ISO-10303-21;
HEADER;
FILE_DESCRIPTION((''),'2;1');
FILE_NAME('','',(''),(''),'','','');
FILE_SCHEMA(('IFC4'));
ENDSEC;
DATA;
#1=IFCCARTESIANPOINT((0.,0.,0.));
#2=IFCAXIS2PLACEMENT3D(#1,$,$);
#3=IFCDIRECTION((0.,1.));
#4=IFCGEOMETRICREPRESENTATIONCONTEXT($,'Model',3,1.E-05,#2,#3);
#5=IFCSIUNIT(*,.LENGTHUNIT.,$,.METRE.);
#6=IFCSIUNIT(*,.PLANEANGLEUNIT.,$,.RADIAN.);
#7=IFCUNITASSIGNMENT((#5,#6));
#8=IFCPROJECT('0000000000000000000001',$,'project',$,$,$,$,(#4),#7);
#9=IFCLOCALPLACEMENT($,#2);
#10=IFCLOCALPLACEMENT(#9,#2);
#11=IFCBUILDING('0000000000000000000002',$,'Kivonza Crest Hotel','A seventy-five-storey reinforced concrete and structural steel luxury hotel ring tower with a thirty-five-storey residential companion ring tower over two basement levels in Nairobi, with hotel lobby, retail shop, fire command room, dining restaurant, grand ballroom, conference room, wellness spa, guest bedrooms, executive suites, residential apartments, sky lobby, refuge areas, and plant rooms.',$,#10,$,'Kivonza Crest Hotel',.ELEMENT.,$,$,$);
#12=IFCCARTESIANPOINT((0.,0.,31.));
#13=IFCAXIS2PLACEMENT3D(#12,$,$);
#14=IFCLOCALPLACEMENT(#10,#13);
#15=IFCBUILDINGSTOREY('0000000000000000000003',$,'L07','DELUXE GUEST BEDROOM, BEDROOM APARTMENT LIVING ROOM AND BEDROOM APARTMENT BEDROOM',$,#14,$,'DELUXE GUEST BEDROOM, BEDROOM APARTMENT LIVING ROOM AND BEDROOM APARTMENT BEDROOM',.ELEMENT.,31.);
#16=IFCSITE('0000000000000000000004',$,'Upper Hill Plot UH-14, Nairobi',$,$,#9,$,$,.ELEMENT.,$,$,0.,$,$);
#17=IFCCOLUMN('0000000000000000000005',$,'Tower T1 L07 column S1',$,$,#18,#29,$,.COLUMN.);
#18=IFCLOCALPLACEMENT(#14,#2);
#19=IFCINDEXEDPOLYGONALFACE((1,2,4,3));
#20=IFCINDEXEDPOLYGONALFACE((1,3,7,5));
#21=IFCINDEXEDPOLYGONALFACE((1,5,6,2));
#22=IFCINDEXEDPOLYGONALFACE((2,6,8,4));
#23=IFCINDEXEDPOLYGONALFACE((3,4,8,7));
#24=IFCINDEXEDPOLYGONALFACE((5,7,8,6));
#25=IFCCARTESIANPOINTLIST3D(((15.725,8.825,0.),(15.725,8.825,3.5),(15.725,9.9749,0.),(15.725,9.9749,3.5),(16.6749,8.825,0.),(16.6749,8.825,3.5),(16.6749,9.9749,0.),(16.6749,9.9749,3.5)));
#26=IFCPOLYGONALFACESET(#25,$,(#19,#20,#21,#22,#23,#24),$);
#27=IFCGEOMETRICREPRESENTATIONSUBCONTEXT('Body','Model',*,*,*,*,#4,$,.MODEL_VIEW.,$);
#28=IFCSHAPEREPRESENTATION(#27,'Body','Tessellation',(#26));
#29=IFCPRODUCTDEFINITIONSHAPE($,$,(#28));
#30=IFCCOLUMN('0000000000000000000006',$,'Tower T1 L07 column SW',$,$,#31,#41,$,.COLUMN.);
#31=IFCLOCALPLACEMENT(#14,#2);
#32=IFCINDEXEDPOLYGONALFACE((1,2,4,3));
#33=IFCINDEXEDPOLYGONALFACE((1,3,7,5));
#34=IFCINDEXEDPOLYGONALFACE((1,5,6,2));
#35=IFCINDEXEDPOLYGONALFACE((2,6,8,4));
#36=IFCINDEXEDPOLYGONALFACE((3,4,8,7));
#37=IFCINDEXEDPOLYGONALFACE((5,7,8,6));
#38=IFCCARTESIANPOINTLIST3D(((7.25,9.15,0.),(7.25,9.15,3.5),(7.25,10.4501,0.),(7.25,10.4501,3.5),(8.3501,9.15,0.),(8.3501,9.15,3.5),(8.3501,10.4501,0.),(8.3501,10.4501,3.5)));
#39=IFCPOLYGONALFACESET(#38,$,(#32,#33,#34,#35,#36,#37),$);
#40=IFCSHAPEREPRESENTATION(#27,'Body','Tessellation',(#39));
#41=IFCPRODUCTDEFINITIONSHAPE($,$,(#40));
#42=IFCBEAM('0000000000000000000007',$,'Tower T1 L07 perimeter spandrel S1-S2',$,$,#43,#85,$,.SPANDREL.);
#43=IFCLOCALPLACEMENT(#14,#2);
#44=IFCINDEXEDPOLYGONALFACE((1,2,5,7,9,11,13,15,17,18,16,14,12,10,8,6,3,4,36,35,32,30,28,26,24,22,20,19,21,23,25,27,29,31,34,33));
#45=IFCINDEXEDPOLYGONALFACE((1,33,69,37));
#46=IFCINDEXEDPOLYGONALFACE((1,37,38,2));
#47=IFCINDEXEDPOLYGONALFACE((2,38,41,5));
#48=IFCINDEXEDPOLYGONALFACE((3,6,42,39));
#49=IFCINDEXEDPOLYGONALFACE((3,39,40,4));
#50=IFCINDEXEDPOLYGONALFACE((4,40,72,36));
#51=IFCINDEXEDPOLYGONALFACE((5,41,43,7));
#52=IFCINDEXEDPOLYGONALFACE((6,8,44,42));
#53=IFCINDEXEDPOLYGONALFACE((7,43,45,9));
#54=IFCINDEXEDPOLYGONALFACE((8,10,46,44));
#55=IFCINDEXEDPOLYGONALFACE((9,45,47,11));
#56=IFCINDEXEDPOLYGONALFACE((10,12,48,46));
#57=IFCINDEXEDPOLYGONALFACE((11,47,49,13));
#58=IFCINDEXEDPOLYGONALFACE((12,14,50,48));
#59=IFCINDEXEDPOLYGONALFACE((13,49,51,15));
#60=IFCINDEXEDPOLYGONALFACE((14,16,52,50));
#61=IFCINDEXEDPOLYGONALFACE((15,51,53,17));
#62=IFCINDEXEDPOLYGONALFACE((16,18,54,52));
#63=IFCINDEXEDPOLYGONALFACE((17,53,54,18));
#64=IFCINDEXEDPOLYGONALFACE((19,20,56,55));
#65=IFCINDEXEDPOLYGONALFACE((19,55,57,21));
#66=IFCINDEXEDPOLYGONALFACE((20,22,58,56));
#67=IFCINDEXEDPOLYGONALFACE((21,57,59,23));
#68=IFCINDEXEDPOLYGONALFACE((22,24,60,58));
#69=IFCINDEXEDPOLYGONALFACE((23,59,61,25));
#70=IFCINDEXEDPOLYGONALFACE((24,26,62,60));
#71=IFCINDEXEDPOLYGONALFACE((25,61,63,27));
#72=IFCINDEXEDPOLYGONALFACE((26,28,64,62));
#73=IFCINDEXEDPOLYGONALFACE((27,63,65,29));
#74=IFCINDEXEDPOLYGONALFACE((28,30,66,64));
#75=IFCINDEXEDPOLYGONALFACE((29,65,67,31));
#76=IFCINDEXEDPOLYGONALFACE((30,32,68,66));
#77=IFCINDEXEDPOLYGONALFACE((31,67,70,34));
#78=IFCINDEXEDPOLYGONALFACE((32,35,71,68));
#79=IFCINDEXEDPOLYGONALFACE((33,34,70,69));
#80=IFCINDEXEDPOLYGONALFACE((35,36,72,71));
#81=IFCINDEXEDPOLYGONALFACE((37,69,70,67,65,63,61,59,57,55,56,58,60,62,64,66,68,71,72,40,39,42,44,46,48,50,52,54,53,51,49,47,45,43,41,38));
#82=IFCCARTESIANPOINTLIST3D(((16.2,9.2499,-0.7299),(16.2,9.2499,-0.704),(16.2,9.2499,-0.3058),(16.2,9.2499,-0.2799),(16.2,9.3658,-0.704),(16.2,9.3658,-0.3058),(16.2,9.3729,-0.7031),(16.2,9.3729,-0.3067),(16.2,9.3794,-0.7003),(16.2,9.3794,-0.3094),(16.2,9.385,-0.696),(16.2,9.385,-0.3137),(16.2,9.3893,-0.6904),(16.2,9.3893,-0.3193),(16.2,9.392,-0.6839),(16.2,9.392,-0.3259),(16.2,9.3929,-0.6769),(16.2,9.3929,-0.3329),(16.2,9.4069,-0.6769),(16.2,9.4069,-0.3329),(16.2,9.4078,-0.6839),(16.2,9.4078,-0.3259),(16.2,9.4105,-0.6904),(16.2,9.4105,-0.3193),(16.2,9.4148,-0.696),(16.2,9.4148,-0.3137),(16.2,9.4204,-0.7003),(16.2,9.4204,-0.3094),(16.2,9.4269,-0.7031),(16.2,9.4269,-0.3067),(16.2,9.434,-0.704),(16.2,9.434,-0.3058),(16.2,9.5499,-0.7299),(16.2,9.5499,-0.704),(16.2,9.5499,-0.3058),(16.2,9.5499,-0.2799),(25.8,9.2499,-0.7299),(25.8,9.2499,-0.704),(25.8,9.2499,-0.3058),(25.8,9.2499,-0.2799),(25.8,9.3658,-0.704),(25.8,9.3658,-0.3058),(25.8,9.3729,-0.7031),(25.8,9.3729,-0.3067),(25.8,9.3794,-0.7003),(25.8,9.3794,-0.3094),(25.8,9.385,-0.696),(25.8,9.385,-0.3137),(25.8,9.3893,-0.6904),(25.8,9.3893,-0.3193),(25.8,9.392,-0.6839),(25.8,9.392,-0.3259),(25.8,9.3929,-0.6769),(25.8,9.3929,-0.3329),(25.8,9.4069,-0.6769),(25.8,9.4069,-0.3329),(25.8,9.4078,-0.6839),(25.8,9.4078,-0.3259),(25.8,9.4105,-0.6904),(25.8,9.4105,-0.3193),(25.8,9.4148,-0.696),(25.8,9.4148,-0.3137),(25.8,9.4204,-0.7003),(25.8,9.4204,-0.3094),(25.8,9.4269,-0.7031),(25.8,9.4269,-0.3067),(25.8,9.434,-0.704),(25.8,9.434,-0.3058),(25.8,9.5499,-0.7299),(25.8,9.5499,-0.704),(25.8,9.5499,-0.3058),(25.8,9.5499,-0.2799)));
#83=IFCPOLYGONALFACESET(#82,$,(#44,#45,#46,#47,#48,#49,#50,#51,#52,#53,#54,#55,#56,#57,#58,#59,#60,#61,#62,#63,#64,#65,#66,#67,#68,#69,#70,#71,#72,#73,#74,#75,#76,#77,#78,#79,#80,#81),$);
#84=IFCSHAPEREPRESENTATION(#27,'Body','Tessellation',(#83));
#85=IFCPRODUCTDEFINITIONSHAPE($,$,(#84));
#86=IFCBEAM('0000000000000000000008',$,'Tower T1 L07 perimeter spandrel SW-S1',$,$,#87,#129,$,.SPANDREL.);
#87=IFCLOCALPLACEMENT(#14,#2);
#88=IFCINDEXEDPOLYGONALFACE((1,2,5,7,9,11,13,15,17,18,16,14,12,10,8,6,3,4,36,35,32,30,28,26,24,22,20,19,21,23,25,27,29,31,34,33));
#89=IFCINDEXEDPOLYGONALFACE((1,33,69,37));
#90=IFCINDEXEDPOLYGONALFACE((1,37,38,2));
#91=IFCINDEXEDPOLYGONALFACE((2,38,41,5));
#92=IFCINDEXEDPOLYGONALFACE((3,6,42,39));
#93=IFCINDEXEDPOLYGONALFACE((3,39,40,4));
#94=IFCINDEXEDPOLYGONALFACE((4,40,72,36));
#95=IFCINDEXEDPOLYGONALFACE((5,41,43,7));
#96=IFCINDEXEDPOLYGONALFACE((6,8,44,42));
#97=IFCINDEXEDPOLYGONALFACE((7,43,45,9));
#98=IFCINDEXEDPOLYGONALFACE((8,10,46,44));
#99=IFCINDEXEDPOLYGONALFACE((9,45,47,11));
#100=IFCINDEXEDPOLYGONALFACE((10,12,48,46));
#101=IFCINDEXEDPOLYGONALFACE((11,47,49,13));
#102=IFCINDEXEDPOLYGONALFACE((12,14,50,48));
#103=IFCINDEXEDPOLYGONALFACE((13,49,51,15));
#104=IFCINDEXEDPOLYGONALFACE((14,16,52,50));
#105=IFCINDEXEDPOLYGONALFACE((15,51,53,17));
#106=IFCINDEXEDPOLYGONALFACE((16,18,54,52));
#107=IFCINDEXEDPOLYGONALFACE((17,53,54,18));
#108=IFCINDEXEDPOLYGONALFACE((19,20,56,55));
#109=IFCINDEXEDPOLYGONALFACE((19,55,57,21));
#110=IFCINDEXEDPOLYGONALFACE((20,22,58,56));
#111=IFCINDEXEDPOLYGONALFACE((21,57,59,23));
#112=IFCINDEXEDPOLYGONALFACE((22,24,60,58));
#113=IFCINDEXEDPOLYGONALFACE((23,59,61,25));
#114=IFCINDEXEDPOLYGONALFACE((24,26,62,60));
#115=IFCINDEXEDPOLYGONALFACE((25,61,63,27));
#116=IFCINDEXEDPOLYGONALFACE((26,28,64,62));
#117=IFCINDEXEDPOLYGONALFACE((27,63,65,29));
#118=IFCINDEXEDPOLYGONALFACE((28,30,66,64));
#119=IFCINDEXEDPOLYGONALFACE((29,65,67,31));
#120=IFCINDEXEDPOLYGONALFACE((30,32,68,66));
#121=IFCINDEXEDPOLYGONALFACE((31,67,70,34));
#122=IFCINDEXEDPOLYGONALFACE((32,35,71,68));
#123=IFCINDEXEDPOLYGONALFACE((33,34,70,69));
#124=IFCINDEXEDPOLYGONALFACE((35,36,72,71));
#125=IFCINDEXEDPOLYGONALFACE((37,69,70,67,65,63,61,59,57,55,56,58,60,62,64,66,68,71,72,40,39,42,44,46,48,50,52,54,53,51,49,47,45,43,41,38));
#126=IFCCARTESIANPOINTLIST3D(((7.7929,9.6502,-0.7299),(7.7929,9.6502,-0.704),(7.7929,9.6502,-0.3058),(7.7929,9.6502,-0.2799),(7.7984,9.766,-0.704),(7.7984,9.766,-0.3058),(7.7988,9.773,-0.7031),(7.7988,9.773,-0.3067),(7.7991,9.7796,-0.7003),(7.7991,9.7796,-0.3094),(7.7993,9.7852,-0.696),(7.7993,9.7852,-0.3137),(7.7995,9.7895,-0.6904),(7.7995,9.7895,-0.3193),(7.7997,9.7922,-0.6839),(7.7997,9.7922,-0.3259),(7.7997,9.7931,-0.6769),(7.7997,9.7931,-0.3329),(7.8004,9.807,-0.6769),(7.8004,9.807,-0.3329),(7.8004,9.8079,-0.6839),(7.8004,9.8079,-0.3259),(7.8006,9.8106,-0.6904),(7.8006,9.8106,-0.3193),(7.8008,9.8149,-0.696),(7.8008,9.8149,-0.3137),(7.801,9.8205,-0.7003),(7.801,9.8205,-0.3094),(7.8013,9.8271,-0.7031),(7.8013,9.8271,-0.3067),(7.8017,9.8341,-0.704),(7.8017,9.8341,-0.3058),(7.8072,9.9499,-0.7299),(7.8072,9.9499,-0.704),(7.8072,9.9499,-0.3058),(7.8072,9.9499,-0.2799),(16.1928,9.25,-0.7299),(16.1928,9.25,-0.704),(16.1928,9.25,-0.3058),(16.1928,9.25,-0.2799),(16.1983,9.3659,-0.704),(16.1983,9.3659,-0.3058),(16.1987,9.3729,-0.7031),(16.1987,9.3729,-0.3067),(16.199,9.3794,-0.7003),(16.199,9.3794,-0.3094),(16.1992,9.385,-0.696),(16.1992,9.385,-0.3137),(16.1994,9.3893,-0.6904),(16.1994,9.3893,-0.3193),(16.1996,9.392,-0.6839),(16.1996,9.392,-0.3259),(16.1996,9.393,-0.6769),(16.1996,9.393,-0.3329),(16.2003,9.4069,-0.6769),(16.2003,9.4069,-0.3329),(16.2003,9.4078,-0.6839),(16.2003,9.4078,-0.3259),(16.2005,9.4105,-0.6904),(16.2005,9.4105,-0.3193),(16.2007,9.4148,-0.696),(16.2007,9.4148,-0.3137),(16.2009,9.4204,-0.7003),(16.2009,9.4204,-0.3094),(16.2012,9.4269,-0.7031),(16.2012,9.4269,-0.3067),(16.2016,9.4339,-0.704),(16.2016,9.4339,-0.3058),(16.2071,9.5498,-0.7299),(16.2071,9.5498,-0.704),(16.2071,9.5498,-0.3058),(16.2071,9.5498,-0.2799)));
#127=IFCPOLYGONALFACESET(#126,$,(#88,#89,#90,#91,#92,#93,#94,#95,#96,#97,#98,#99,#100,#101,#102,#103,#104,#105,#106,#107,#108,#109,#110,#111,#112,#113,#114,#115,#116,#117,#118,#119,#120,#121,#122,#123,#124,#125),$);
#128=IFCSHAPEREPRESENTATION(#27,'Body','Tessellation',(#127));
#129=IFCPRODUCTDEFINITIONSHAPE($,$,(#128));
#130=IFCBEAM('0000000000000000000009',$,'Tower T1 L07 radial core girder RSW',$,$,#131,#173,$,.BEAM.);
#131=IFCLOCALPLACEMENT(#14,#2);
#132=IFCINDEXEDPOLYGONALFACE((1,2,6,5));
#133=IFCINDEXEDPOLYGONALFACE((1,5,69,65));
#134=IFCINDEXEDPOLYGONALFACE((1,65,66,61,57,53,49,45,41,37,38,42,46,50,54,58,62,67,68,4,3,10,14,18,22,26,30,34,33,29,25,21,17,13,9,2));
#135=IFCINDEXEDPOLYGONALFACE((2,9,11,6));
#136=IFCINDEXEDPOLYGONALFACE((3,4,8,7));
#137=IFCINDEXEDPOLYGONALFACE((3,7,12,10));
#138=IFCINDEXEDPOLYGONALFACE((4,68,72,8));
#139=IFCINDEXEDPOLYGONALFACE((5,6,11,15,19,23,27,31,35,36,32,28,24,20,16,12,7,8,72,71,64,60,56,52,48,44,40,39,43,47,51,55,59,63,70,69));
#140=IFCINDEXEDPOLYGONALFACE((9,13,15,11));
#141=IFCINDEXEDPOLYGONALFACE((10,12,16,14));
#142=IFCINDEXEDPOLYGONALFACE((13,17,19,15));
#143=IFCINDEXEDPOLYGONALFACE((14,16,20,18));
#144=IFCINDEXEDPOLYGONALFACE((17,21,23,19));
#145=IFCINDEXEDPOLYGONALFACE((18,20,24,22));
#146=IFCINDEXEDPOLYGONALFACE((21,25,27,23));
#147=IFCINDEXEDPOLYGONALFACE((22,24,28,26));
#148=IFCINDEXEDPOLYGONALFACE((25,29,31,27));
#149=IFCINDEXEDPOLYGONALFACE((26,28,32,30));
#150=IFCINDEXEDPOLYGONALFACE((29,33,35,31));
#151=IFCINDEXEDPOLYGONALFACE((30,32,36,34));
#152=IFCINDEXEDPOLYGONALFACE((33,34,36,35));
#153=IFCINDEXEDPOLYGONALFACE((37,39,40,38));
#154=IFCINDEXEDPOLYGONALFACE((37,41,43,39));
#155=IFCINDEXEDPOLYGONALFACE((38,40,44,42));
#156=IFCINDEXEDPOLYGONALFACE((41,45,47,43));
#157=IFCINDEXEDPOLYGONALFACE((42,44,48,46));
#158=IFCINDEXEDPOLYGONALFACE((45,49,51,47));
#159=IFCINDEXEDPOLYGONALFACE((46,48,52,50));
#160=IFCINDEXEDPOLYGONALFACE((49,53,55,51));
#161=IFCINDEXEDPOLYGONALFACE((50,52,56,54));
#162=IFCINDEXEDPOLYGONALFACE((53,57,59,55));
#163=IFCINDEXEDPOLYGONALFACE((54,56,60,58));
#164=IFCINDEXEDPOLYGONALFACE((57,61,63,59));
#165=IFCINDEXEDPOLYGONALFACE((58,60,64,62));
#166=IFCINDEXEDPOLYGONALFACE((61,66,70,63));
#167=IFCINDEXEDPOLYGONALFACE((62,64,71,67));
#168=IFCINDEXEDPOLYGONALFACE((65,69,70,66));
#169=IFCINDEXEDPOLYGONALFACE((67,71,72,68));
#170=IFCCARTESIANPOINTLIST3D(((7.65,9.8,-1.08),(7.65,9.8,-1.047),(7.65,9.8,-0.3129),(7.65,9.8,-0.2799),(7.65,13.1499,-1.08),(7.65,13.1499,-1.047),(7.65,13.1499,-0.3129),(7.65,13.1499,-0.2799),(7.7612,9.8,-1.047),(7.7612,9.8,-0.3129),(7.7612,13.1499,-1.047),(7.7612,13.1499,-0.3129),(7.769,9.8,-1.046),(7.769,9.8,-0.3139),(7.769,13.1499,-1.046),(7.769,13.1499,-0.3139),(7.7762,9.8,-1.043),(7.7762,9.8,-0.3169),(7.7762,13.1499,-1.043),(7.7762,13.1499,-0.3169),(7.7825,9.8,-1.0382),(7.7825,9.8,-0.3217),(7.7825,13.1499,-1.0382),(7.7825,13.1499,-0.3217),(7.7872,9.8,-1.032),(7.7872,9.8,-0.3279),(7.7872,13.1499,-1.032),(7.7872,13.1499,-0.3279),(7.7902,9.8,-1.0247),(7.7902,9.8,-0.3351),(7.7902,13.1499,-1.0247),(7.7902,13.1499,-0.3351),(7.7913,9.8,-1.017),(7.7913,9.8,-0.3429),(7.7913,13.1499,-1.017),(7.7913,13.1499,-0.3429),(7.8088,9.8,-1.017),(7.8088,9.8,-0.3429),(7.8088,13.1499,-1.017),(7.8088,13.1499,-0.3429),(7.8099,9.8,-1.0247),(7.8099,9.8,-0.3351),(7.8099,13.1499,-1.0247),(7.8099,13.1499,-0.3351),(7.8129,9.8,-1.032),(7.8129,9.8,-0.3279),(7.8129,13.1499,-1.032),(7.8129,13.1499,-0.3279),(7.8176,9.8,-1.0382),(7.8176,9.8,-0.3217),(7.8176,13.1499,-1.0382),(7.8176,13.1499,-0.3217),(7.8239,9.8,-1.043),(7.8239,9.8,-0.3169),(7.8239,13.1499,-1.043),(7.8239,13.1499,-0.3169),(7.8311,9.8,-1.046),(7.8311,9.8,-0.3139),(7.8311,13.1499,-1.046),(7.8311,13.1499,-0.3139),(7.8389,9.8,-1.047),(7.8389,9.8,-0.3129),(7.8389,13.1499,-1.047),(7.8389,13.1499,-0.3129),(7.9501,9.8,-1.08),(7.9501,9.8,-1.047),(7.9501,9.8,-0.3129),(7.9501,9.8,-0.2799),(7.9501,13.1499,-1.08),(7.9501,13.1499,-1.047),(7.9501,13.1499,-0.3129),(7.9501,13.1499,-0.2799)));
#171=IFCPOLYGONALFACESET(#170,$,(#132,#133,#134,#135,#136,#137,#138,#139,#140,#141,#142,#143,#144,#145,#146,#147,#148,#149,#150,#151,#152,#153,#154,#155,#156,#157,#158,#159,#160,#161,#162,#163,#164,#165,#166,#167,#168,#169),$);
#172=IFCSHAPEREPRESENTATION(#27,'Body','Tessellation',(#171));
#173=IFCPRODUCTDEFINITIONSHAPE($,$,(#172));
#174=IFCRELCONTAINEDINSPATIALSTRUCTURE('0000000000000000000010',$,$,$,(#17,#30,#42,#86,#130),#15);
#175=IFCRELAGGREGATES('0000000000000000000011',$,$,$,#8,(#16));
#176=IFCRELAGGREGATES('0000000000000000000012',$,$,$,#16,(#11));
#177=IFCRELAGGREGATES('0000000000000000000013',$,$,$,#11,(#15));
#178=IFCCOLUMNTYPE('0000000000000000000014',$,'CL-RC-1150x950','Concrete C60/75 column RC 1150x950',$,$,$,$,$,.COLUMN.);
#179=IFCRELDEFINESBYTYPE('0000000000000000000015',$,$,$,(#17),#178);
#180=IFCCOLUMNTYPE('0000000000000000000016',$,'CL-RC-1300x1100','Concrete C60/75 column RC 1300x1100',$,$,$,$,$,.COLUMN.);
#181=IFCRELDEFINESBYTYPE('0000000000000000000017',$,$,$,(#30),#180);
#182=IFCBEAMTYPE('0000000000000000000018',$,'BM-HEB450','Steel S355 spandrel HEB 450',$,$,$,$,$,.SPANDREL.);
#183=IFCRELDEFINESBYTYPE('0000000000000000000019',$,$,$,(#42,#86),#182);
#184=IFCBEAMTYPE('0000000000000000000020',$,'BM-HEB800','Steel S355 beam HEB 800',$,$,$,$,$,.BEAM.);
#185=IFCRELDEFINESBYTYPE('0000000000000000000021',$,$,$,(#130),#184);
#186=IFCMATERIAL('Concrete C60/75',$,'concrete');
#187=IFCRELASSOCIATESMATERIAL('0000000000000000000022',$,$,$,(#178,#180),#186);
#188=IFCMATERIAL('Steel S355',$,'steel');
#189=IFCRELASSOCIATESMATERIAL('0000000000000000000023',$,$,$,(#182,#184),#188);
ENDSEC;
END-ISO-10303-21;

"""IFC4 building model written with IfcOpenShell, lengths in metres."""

from ifc_helpers import new_model, si_unit, direction, frame, origin, origin_2d, place, context, subcontext, project, spatial, rectangle, i_section, extrude, material, material_profile, profile_set, type_object, element, save


model = new_model("IFC4")

# Units and contexts
model_context = context("Model", 3, precision=1e-05, world=origin(), true_north=direction((0.0, 1.0)))
body_context = subcontext(model_context, "Body", "Model", "MODEL_VIEW")
ifc_project = project(units=[si_unit("LENGTHUNIT", "METRE"), si_unit("PLANEANGLEUNIT", "RADIAN")], contexts=[model_context])

# Site, building, storey
site_placement = place(None, origin())
site = spatial("IfcSite", under=ifc_project, at=site_placement, Name="Upper Hill Plot UH-14, Nairobi", CompositionType="ELEMENT", RefElevation=0.0)
building_placement = place(site_placement, origin())
building = spatial("IfcBuilding", under=site, at=building_placement, Name="Kivonza Crest Hotel", Description="A seventy-five-storey reinforced concrete and structural steel luxury hotel ring tower with a thirty-five-storey residential companion ring tower over two basement levels in Nairobi, with hotel lobby, retail shop, fire command room, dining restaurant, grand ballroom, conference room, wellness spa, guest bedrooms, executive suites, residential apartments, sky lobby, refuge areas, and plant rooms.", LongName="Kivonza Crest Hotel", CompositionType="ELEMENT")
storey_placement = place(building_placement, frame((0.0, 0.0, 31.0)))
storey = spatial("IfcBuildingStorey", under=building, at=storey_placement, Name="L07", Description="DELUXE GUEST BEDROOM, BEDROOM APARTMENT LIVING ROOM AND BEDROOM APARTMENT BEDROOM", LongName="DELUXE GUEST BEDROOM, BEDROOM APARTMENT LIVING ROOM AND BEDROOM APARTMENT BEDROOM", CompositionType="ELEMENT", Elevation=31.0)

# Columns
ifc_material_1 = material(Name="Concrete C60/75", Category="concrete")
ifc_material_profile_1 = material_profile(ifc_material_1, rectangle(XDim=0.95, YDim=1.1499, at=origin_2d()), Name="RC 1150x950")
ifc_profile_set_1 = profile_set([ifc_material_profile_1], Name="Concrete C60/75")
column_type_1 = type_object("IfcColumnType", Name="CL-RC-1150x950", Description="Concrete C60/75 column RC 1150x950", PredefinedType="COLUMN", material=ifc_profile_set_1)
column_1_placement = place(storey_placement, frame((16.2, 9.3999, 0.0), z_axis=(0.0, 0.0, 1.0), x_axis=(1.0, 0.0, 0.0)))
element("IfcColumn", 1, at=column_1_placement, inside=storey, type_object=column_type_1, Name="Tower T1 L07 column S1", PredefinedType="COLUMN", context=body_context, shape_type="SweptSolid", body=[
    extrude(rectangle(XDim=0.95, YDim=1.1499, at=origin_2d()), origin(), (0.0, 0.0, 1.0), 3.5),
])
ifc_material_profile_2 = material_profile(ifc_material_1, rectangle(XDim=1.1001, YDim=1.3, at=origin_2d()), Name="RC 1300x1100")
ifc_profile_set_2 = profile_set([ifc_material_profile_2], Name="Concrete C60/75")
column_type_2 = type_object("IfcColumnType", Name="CL-RC-1300x1100", Description="Concrete C60/75 column RC 1300x1100", PredefinedType="COLUMN", material=ifc_profile_set_2)
column_2_placement = place(storey_placement, frame((7.8, 9.8, 0.0), z_axis=(0.0, 0.0, 1.0), x_axis=(1.0, 0.0, 0.0)))
element("IfcColumn", 2, at=column_2_placement, inside=storey, type_object=column_type_2, Name="Tower T1 L07 column SW", PredefinedType="COLUMN", context=body_context, shape_type="SweptSolid", body=[
    extrude(rectangle(XDim=1.1001, YDim=1.3, at=origin_2d()), origin(), (0.0, 0.0, 1.0), 3.5),
])

# Beams
ifc_material_2 = material(Name="Steel S355", Category="steel")
ifc_material_profile_3 = material_profile(ifc_material_2, i_section(OverallWidth=0.3, OverallDepth=0.45, WebThickness=0.0139, FlangeThickness=0.0259, FilletRadius=0.0271, at=origin_2d()), Name="HEB 450")
ifc_profile_set_3 = profile_set([ifc_material_profile_3], Name="Steel S355")
beam_type_1 = type_object("IfcBeamType", Name="BM-HEB450", Description="Steel S355 spandrel HEB 450", PredefinedType="SPANDREL", material=ifc_profile_set_3)
beam_1_placement = place(storey_placement, frame((16.2, 9.3999, -0.5049), z_axis=(1.0, 0.0, 0.0), x_axis=(0.0, 1.0, 0.0)))
element("IfcBeam", 3, at=beam_1_placement, inside=storey, type_object=beam_type_1, Name="Tower T1 L07 perimeter spandrel S1-S2", PredefinedType="SPANDREL", context=body_context, shape_type="SweptSolid", body=[
    extrude(i_section(OverallWidth=0.3, OverallDepth=0.45, WebThickness=0.0139, FlangeThickness=0.0259, FilletRadius=0.0271, at=origin_2d()), origin(), (0.0, 0.0, 1.0), 9.6001),
])
beam_2_placement = place(storey_placement, frame((7.8, 9.8, -0.5049), z_axis=(0.998867, -0.047583, 0.0), x_axis=(0.047583, 0.998867, 0.0)))
element("IfcBeam", 4, at=beam_2_placement, inside=storey, type_object=beam_type_1, Name="Tower T1 L07 perimeter spandrel SW-S1", PredefinedType="SPANDREL", context=body_context, shape_type="SweptSolid", body=[
    extrude(i_section(OverallWidth=0.3, OverallDepth=0.45, WebThickness=0.0139, FlangeThickness=0.0259, FilletRadius=0.0271, at=origin_2d()), origin(), (0.0, 0.0, 1.0), 8.4094),
])
ifc_material_profile_4 = material_profile(ifc_material_2, i_section(OverallWidth=0.3, OverallDepth=0.8, WebThickness=0.0176, FlangeThickness=0.033, FilletRadius=0.03, at=origin_2d()), Name="HEB 800")
ifc_profile_set_4 = profile_set([ifc_material_profile_4], Name="Steel S355")
beam_type_2 = type_object("IfcBeamType", Name="BM-HEB800", Description="Steel S355 beam HEB 800", PredefinedType="BEAM", material=ifc_profile_set_4)
beam_3_placement = place(storey_placement, frame((7.8, 9.8, -0.6799), z_axis=(0.0, 1.0, 0.0), x_axis=(-1.0, 0.0, 0.0)))
element("IfcBeam", 5, at=beam_3_placement, inside=storey, type_object=beam_type_2, Name="Tower T1 L07 radial core girder RSW", PredefinedType="BEAM", context=body_context, shape_type="SweptSolid", body=[
    extrude(i_section(OverallWidth=0.3, OverallDepth=0.8, WebThickness=0.0176, FlangeThickness=0.033, FilletRadius=0.03, at=origin_2d()), origin(), (0.0, 0.0, 1.0), 3.3499),
])

save(model, "model.ifc")
